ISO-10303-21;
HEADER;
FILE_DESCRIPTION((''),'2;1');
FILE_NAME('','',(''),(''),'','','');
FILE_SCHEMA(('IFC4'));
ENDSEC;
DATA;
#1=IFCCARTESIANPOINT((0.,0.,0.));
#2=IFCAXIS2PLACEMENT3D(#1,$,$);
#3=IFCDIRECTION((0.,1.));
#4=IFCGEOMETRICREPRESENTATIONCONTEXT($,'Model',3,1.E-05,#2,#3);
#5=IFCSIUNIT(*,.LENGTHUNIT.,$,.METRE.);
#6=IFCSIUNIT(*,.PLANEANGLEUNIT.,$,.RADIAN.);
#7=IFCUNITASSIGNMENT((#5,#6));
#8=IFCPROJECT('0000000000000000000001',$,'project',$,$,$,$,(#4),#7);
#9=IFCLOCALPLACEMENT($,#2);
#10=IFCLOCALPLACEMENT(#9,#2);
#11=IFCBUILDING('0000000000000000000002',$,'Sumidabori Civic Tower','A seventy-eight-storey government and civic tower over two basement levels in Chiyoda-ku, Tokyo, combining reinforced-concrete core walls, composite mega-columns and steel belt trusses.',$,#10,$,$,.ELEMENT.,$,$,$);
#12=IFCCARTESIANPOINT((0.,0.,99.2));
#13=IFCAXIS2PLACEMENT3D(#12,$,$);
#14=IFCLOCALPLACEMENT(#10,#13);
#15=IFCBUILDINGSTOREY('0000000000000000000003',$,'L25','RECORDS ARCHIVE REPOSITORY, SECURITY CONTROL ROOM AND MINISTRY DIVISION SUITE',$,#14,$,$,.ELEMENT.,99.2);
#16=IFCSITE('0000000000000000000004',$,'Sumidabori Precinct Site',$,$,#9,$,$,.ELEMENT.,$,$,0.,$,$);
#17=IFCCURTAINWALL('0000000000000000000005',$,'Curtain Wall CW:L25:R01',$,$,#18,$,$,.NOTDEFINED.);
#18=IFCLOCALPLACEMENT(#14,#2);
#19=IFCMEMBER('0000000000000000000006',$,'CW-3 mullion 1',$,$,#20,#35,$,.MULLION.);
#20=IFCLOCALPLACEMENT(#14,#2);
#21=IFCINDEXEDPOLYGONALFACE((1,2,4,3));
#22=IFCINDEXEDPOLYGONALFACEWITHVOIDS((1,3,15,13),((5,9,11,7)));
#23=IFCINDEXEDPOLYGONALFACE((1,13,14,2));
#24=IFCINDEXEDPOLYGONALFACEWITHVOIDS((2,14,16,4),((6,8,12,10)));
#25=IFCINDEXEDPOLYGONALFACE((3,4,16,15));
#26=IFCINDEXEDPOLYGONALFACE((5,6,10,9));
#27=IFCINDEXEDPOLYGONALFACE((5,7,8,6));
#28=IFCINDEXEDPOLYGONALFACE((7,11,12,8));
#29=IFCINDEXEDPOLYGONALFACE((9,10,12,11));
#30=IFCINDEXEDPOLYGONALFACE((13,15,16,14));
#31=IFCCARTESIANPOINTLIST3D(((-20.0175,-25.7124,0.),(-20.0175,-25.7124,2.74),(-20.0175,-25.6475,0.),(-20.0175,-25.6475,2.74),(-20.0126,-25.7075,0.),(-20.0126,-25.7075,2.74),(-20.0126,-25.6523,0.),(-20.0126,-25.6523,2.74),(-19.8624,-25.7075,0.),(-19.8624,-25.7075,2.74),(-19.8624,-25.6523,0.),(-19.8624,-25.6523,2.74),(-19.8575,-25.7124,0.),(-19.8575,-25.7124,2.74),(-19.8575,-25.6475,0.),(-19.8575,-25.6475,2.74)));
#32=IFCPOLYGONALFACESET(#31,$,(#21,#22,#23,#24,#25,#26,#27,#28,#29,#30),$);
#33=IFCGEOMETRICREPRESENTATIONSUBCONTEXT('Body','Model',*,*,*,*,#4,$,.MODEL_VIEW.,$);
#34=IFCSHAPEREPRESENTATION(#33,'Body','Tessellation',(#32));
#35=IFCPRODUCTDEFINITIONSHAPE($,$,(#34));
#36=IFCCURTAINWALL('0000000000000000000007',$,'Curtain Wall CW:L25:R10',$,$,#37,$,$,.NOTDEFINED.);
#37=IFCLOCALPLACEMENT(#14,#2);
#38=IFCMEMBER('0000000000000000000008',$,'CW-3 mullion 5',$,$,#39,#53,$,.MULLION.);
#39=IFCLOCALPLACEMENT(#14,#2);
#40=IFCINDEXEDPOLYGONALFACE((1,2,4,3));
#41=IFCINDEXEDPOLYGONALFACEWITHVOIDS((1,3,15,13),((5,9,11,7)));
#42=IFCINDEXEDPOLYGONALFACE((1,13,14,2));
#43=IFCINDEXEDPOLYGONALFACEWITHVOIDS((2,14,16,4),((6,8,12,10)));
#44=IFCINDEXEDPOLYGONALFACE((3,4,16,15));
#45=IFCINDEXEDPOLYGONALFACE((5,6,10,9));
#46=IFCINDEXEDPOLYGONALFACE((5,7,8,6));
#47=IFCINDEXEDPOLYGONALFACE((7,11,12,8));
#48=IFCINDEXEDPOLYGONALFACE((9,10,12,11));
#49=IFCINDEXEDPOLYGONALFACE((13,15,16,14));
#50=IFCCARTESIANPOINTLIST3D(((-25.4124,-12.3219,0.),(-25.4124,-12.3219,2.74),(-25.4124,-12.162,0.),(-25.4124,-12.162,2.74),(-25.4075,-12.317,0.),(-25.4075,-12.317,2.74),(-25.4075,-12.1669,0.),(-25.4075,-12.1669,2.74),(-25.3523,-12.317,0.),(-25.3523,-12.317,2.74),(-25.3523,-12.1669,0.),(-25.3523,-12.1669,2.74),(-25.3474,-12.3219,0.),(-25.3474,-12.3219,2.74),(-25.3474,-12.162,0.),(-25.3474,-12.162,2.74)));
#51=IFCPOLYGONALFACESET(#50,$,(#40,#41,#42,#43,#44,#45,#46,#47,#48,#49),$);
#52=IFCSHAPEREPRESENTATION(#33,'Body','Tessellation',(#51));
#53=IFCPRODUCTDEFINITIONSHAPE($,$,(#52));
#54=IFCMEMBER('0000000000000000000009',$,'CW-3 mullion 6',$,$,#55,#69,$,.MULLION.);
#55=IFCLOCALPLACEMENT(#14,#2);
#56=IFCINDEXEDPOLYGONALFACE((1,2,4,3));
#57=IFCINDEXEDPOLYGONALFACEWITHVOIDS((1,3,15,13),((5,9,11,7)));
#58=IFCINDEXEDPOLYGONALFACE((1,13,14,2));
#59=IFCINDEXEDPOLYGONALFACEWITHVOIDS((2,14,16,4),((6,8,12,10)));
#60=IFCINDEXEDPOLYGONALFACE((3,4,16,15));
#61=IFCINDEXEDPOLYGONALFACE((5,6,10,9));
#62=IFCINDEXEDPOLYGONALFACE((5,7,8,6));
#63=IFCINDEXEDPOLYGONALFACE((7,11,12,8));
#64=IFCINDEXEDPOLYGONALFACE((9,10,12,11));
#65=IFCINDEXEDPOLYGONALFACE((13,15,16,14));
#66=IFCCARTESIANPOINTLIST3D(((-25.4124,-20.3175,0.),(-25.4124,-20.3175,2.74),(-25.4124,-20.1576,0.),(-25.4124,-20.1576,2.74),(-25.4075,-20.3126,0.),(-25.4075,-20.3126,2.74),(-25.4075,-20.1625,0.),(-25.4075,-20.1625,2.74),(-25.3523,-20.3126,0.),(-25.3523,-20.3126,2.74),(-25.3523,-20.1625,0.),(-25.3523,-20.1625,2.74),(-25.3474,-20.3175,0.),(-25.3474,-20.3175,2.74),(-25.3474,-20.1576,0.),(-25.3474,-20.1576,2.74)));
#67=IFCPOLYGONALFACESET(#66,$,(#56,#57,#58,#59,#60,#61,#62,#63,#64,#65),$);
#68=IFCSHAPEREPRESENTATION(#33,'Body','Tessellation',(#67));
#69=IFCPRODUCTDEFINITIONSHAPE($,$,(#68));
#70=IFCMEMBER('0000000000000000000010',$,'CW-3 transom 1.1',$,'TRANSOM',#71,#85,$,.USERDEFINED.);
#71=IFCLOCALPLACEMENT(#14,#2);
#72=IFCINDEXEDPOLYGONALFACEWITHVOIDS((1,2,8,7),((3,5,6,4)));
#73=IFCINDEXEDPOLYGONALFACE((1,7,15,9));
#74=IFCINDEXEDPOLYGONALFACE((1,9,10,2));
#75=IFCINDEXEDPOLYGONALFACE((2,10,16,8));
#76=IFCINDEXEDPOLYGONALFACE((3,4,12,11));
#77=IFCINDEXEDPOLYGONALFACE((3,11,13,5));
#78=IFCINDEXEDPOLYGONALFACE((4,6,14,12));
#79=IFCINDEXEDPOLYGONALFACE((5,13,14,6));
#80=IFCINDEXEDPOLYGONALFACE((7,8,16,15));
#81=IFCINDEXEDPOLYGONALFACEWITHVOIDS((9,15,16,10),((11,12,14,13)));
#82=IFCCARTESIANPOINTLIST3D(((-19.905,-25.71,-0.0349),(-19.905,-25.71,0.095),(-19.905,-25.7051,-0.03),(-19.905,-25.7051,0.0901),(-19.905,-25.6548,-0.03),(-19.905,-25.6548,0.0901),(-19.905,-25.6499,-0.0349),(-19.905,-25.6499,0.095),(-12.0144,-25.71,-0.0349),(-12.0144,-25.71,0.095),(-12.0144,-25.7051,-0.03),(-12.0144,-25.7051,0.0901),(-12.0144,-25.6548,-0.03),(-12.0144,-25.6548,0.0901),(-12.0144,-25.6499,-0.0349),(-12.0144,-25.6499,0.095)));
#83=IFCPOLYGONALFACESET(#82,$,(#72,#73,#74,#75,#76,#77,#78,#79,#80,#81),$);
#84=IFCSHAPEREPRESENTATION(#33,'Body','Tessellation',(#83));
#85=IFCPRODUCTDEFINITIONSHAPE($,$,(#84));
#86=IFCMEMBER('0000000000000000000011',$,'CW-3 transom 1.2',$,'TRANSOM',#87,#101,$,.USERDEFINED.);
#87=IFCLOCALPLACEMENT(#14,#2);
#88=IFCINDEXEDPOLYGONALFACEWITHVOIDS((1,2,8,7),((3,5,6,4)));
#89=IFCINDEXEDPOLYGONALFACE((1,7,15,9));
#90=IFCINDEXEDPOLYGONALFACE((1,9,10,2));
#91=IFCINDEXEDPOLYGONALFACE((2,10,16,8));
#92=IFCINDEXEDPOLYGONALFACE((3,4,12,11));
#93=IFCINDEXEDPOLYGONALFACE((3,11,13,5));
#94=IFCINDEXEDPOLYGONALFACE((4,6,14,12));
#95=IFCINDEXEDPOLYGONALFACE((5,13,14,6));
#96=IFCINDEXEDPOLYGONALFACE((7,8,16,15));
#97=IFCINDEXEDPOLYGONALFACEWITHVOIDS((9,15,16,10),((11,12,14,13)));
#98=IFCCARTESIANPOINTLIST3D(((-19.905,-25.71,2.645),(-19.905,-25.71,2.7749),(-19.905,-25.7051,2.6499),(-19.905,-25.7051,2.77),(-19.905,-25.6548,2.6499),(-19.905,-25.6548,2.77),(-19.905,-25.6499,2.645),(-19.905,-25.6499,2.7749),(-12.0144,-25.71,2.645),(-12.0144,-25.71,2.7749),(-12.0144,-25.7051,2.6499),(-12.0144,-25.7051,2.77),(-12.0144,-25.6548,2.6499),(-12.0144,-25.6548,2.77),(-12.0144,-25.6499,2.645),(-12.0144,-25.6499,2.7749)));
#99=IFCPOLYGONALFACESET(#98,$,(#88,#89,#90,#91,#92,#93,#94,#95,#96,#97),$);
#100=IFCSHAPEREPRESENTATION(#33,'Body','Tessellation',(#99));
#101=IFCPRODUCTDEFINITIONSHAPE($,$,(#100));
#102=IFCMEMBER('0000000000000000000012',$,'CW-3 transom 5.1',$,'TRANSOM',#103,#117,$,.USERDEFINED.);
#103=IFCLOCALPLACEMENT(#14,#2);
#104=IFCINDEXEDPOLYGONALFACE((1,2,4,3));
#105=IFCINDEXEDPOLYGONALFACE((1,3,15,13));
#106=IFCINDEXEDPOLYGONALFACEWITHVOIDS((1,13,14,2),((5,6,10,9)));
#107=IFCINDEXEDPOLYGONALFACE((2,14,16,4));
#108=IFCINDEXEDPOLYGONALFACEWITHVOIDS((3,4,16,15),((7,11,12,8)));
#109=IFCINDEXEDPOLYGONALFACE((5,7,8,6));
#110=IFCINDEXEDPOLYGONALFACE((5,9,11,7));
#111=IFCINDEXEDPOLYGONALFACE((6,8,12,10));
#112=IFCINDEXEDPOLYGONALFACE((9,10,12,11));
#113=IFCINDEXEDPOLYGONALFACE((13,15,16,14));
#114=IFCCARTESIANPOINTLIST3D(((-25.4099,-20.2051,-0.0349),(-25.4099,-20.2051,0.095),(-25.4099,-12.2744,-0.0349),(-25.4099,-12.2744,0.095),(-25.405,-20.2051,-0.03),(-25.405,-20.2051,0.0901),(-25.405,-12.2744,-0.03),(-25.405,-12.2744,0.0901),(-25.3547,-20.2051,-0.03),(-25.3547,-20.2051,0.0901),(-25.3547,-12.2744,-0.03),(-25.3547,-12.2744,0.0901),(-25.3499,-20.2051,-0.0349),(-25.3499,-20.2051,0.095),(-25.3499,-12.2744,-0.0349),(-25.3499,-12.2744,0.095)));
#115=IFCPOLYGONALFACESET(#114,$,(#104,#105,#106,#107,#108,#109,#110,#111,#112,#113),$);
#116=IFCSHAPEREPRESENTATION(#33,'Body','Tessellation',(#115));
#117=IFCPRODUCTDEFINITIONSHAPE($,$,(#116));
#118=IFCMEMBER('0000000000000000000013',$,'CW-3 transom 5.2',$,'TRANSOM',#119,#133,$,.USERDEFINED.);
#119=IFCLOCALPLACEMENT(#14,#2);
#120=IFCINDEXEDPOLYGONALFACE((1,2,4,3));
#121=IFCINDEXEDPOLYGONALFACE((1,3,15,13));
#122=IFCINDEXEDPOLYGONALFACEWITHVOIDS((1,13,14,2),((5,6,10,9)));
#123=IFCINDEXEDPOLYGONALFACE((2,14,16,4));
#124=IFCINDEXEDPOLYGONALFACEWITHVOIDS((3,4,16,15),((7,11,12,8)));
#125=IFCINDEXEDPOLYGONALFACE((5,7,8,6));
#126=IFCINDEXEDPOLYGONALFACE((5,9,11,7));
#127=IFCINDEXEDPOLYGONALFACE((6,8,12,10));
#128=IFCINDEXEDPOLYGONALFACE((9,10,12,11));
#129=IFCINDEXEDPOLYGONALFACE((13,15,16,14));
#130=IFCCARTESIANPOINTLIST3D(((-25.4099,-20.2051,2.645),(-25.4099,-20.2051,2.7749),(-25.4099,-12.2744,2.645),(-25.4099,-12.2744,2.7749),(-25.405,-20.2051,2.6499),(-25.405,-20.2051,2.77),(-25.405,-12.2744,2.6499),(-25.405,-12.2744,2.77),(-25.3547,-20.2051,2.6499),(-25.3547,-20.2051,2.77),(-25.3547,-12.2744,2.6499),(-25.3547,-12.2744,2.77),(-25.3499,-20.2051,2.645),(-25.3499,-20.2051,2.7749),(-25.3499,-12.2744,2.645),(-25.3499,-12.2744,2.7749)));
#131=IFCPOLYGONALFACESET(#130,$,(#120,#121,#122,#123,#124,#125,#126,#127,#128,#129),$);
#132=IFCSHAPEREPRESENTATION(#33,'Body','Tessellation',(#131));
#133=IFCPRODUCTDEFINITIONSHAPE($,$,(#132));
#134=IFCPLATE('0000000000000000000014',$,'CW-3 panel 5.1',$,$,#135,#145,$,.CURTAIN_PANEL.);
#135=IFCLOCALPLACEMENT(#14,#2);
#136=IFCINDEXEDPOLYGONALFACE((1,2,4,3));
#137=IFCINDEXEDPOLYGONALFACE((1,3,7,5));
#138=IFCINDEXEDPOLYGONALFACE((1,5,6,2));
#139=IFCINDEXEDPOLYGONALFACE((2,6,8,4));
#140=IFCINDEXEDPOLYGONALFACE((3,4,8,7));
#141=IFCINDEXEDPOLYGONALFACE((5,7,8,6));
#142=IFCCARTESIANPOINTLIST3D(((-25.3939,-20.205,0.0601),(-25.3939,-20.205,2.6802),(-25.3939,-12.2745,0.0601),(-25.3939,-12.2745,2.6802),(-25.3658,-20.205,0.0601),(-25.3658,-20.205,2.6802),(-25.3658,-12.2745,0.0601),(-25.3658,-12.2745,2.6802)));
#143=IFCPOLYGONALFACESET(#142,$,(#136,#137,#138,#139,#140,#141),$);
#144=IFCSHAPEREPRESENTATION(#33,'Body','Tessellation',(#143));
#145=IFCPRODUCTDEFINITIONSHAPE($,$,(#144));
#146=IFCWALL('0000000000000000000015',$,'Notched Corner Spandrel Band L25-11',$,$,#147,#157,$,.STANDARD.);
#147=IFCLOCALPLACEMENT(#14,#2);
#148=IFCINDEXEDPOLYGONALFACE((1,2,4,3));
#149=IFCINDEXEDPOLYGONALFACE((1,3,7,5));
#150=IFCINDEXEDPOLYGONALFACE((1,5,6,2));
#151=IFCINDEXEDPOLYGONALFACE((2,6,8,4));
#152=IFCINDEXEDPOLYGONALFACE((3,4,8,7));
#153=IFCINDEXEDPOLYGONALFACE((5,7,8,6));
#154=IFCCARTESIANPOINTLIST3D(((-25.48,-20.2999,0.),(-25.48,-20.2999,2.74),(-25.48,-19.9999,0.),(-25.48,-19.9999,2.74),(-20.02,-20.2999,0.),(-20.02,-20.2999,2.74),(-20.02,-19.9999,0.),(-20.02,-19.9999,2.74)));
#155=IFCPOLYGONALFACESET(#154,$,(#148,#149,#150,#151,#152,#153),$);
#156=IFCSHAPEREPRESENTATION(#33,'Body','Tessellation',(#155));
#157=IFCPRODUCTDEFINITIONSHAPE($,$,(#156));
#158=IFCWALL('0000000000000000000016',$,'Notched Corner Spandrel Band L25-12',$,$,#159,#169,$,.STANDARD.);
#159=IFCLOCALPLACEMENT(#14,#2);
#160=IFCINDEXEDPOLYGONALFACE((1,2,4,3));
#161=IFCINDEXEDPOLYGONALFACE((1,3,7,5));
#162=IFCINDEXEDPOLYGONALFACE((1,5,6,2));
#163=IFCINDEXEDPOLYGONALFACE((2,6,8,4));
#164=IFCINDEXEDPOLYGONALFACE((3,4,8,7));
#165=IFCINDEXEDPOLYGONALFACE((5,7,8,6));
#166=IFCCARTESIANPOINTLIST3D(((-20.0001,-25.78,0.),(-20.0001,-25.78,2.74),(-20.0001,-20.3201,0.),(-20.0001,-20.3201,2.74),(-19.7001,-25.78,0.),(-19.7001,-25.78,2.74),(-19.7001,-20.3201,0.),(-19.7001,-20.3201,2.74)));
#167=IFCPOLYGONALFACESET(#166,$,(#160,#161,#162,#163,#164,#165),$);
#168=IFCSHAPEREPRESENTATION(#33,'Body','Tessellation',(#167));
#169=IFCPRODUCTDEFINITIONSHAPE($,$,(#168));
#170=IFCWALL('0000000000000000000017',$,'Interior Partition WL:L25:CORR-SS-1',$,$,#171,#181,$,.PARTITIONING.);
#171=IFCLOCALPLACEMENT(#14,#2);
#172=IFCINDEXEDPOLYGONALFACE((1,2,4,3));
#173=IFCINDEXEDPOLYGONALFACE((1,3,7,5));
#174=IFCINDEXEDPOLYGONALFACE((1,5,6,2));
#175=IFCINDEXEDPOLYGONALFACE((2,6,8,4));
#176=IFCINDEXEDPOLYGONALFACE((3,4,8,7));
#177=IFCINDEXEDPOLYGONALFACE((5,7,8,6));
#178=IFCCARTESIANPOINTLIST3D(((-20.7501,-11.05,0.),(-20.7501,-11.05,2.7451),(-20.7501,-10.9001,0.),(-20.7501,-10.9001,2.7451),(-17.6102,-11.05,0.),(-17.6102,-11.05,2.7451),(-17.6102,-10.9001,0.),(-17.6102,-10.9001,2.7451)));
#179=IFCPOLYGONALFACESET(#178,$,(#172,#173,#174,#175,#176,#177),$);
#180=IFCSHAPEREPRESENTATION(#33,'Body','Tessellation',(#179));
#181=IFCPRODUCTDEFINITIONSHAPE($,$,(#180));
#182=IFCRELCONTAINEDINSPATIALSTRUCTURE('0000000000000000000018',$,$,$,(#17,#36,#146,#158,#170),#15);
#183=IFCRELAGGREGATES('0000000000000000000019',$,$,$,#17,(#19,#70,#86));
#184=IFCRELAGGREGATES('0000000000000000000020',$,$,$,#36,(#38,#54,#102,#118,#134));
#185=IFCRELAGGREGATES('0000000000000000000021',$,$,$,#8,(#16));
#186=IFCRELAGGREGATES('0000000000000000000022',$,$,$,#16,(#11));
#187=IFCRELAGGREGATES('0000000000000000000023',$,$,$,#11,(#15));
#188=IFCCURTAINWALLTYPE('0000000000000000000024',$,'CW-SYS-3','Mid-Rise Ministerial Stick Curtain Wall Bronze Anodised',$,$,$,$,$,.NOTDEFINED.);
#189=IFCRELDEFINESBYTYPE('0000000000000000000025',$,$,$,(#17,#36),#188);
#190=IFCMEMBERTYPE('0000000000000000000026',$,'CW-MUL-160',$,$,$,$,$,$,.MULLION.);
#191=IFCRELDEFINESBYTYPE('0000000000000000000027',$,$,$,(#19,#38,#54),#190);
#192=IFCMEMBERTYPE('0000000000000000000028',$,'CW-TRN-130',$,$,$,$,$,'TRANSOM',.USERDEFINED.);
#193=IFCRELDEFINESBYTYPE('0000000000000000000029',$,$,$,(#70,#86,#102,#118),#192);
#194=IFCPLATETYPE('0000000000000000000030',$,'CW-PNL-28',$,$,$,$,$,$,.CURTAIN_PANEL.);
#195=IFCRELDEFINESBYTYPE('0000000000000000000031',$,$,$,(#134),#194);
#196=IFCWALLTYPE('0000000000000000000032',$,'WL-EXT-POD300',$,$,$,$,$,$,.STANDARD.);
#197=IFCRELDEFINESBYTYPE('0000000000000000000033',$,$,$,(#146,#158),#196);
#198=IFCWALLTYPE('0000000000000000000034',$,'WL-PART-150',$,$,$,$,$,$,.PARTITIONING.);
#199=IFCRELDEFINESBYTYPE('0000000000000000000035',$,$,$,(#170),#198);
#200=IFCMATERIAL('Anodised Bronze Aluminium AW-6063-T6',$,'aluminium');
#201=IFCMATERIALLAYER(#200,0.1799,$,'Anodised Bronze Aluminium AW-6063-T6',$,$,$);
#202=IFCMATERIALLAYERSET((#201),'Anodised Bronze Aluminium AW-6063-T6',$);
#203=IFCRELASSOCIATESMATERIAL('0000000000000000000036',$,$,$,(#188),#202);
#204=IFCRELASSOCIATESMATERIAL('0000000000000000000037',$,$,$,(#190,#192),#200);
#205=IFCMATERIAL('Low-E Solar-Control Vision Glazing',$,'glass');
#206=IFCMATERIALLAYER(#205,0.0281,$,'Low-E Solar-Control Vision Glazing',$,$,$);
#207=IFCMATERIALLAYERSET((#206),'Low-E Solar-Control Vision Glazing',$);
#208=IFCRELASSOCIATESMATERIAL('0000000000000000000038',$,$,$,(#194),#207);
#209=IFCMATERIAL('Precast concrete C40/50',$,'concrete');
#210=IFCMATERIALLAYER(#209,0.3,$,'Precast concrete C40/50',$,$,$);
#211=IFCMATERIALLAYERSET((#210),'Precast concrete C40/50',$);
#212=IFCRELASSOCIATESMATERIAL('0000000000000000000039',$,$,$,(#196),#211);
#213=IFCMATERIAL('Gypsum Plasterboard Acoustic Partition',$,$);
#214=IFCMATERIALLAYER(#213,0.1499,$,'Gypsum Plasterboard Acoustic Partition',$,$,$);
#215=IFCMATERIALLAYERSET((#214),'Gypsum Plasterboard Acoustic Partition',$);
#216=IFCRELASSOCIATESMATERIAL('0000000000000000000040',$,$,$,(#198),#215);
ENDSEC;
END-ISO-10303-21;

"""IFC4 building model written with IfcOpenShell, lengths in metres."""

from ifc_helpers import new_model, si_unit, direction, frame, frame_2d, origin, origin_2d, place, context, subcontext, project, spatial, rectangle, hollow_rectangle, extrude, source, transform, mapped, material, layer, layer_set, material_profile, profile_set, type_object, element, aggregate, save


model = new_model("IFC4")

# Units and contexts
model_context = context("Model", 3, precision=1e-05, world=origin(), true_north=direction((0.0, 1.0)))
body_context = subcontext(model_context, "Body", "Model", "MODEL_VIEW")
ifc_project = project(units=[si_unit("LENGTHUNIT", "METRE"), si_unit("PLANEANGLEUNIT", "RADIAN")], contexts=[model_context])

# Site, building, storey
site_placement = place(None, origin())
site = spatial("IfcSite", under=ifc_project, at=site_placement, Name="Sumidabori Precinct Site", CompositionType="ELEMENT", RefElevation=0.0)
building_placement = place(site_placement, origin())
building = spatial("IfcBuilding", under=site, at=building_placement, Name="Sumidabori Civic Tower", Description="A seventy-eight-storey government and civic tower over two basement levels in Chiyoda-ku, Tokyo, combining reinforced-concrete core walls, composite mega-columns and steel belt trusses.", CompositionType="ELEMENT")
storey_placement = place(building_placement, frame((0.0, 0.0, 99.2)))
storey = spatial("IfcBuildingStorey", under=building, at=storey_placement, Name="L25", Description="RECORDS ARCHIVE REPOSITORY, SECURITY CONTROL ROOM AND MINISTRY DIVISION SUITE", CompositionType="ELEMENT", Elevation=99.2)

# Curtain wall, member
ifc_material_1 = material(Name="Anodised Bronze Aluminium AW-6063-T6", Category="aluminium")
ifc_layer_1 = layer(ifc_material_1, 0.1799, Name="Anodised Bronze Aluminium AW-6063-T6")
ifc_layer_set_1 = layer_set([ifc_layer_1], Name="Anodised Bronze Aluminium AW-6063-T6")
curtain_wall_type = type_object("IfcCurtainWallType", Name="CW-SYS-3", Description="Mid-Rise Ministerial Stick Curtain Wall Bronze Anodised", PredefinedType="NOTDEFINED", material=ifc_layer_set_1)
curtain_wall_1_placement = place(storey_placement, origin())
curtain_wall_1 = element("IfcCurtainWall", 1, at=curtain_wall_1_placement, inside=storey, type_object=curtain_wall_type, Name="Curtain Wall CW:L25:R01", PredefinedType="NOTDEFINED")
ifc_material_profile_1 = material_profile(ifc_material_1, hollow_rectangle(XDim=0.0649, YDim=0.1599, WallThickness=0.0049, at=origin_2d()), Name="ALU MULLION 160x65")
ifc_profile_set_1 = profile_set([ifc_material_profile_1], Name="Anodised Bronze Aluminium AW-6063-T6")
member_type_1 = type_object("IfcMemberType", Name="CW-MUL-160", PredefinedType="MULLION", material=ifc_profile_set_1)
shared_shape_1 = source(origin(), body_context, "Body", "SweptSolid", [
    extrude(hollow_rectangle(XDim=0.0649, YDim=0.1599, WallThickness=0.0049, at=origin_2d()), origin(), (0.0, 0.0, 1.0), 2.74),
])
member_1_placement = place(storey_placement, frame((-19.9375, -25.6799, 0.0), z_axis=(0.0, 0.0, 1.0), x_axis=(0.0, 1.0, 0.0)))
member_1 = element("IfcMember", 2, at=member_1_placement, type_object=member_type_1, Name="CW-3 mullion 1", PredefinedType="MULLION", context=body_context, shape_type="MappedRepresentation", body=[
    mapped(shared_shape_1, transform((0.0, 0.0, 0.0), x_axis=(1.0, 0.0, 0.0), y_axis=(0.0, 1.0, 0.0), z_axis=(0.0, 0.0, 1.0), scale=1.0)),
])

# Curtain wall, members
curtain_wall_2_placement = place(storey_placement, origin())
curtain_wall_2 = element("IfcCurtainWall", 3, at=curtain_wall_2_placement, inside=storey, type_object=curtain_wall_type, Name="Curtain Wall CW:L25:R10", PredefinedType="NOTDEFINED")
member_2_placement = place(storey_placement, frame((-25.3799, -12.2419, 0.0), z_axis=(0.0, 0.0, 1.0), x_axis=(1.0, 0.0, 0.0)))
member_2 = element("IfcMember", 4, at=member_2_placement, type_object=member_type_1, Name="CW-3 mullion 5", PredefinedType="MULLION", context=body_context, shape_type="MappedRepresentation", body=[
    mapped(shared_shape_1, transform((0.0, 0.0, 0.0), x_axis=(1.0, 0.0, 0.0), y_axis=(0.0, 1.0, 0.0), z_axis=(0.0, 0.0, 1.0), scale=1.0)),
])
member_3_placement = place(storey_placement, frame((-25.3799, -20.2375, 0.0), z_axis=(0.0, 0.0, 1.0), x_axis=(1.0, 0.0, 0.0)))
member_3 = element("IfcMember", 5, at=member_3_placement, type_object=member_type_1, Name="CW-3 mullion 6", PredefinedType="MULLION", context=body_context, shape_type="MappedRepresentation", body=[
    mapped(shared_shape_1, transform((0.0, 0.0, 0.0), x_axis=(1.0, 0.0, 0.0), y_axis=(0.0, 1.0, 0.0), z_axis=(0.0, 0.0, 1.0), scale=1.0)),
])

# Members
ifc_material_profile_2 = material_profile(ifc_material_1, hollow_rectangle(XDim=0.0601, YDim=0.1299, WallThickness=0.0049, at=origin_2d()), Name="ALU TRANSOM 130x60")
ifc_profile_set_2 = profile_set([ifc_material_profile_2], Name="Anodised Bronze Aluminium AW-6063-T6")
member_type_2 = type_object("IfcMemberType", Name="CW-TRN-130", ElementType="TRANSOM", PredefinedType="USERDEFINED", material=ifc_profile_set_2)
shared_shape_2 = source(origin(), body_context, "Body", "SweptSolid", [
    extrude(hollow_rectangle(XDim=0.0601, YDim=0.1299, WallThickness=0.0049, at=origin_2d()), origin(), (0.0, 0.0, 1.0), 7.8906),
])
member_4_placement = place(storey_placement, frame((-19.905, -25.6799, 0.03), z_axis=(1.0, 0.0, 0.0), x_axis=(0.0, 1.0, 0.0)))
member_4 = element("IfcMember", 6, at=member_4_placement, type_object=member_type_2, Name="CW-3 transom 1.1", ObjectType="TRANSOM", PredefinedType="USERDEFINED", context=body_context, shape_type="MappedRepresentation", body=[
    mapped(shared_shape_2, transform((0.0, 0.0, 0.0), x_axis=(1.0, 0.0, 0.0), y_axis=(0.0, 1.0, 0.0), z_axis=(0.0, 0.0, 1.0), scale=1.0)),
])
member_5_placement = place(storey_placement, frame((-19.905, -25.6799, 2.71), z_axis=(1.0, 0.0, 0.0), x_axis=(0.0, 1.0, 0.0)))
member_5 = element("IfcMember", 7, at=member_5_placement, type_object=member_type_2, Name="CW-3 transom 1.2", ObjectType="TRANSOM", PredefinedType="USERDEFINED", context=body_context, shape_type="MappedRepresentation", body=[
    mapped(shared_shape_2, transform((0.0, 0.0, 0.0), x_axis=(1.0, 0.0, 0.0), y_axis=(0.0, 1.0, 0.0), z_axis=(0.0, 0.0, 1.0), scale=1.0)),
])
aggregate(curtain_wall_1, [member_1, member_4, member_5])
shared_shape_3 = source(origin(), body_context, "Body", "SweptSolid", [
    extrude(hollow_rectangle(XDim=0.0601, YDim=0.1299, WallThickness=0.0049, at=origin_2d()), origin(), (0.0, 0.0, 1.0), 7.9307),
])
member_6_placement = place(storey_placement, frame((-25.3799, -12.2744, 0.03), z_axis=(0.0, -1.0, 0.0), x_axis=(1.0, 0.0, 0.0)))
member_6 = element("IfcMember", 8, at=member_6_placement, type_object=member_type_2, Name="CW-3 transom 5.1", ObjectType="TRANSOM", PredefinedType="USERDEFINED", context=body_context, shape_type="MappedRepresentation", body=[
    mapped(shared_shape_3, transform((0.0, 0.0, 0.0), x_axis=(1.0, 0.0, 0.0), y_axis=(0.0, 1.0, 0.0), z_axis=(0.0, 0.0, 1.0), scale=1.0)),
])
member_7_placement = place(storey_placement, frame((-25.3799, -12.2744, 2.71), z_axis=(0.0, -1.0, 0.0), x_axis=(1.0, 0.0, 0.0)))
member_7 = element("IfcMember", 9, at=member_7_placement, type_object=member_type_2, Name="CW-3 transom 5.2", ObjectType="TRANSOM", PredefinedType="USERDEFINED", context=body_context, shape_type="MappedRepresentation", body=[
    mapped(shared_shape_3, transform((0.0, 0.0, 0.0), x_axis=(1.0, 0.0, 0.0), y_axis=(0.0, 1.0, 0.0), z_axis=(0.0, 0.0, 1.0), scale=1.0)),
])

# Plate
ifc_material_2 = material(Name="Low-E Solar-Control Vision Glazing", Category="glass")
ifc_layer_2 = layer(ifc_material_2, 0.0281, Name="Low-E Solar-Control Vision Glazing")
ifc_layer_set_2 = layer_set([ifc_layer_2], Name="Low-E Solar-Control Vision Glazing")
plate_type = type_object("IfcPlateType", Name="CW-PNL-28", PredefinedType="CURTAIN_PANEL", material=ifc_layer_set_2)
shared_shape_4 = source(origin(), body_context, "Body", "SweptSolid", [
    extrude(rectangle(XDim=7.9304, YDim=0.0281, at=origin_2d()), origin(), (0.0, 0.0, 1.0), 2.6201),
])
plate_placement = place(storey_placement, frame((-25.3799, -16.2397, 0.0601), z_axis=(0.0, 0.0, 1.0), x_axis=(0.0, -1.0, 0.0)))
plate = element("IfcPlate", 10, at=plate_placement, type_object=plate_type, Name="CW-3 panel 5.1", PredefinedType="CURTAIN_PANEL", context=body_context, shape_type="MappedRepresentation", body=[
    mapped(shared_shape_4, transform((0.0, 0.0, 0.0), x_axis=(1.0, 0.0, 0.0), y_axis=(0.0, 1.0, 0.0), z_axis=(0.0, 0.0, 1.0), scale=1.0)),
])
aggregate(curtain_wall_2, [member_2, member_3, member_6, member_7, plate])

# Walls
ifc_material_3 = material(Name="Precast concrete C40/50", Category="concrete")
ifc_layer_3 = layer(ifc_material_3, 0.3, Name="Precast concrete C40/50")
ifc_layer_set_3 = layer_set([ifc_layer_3], Name="Precast concrete C40/50")
wall_type_1 = type_object("IfcWallType", Name="WL-EXT-POD300", PredefinedType="STANDARD", material=ifc_layer_set_3)
shared_shape_5 = source(origin(), body_context, "Body", "SweptSolid", [
    extrude(rectangle(XDim=5.46, YDim=0.3, at=frame_2d((2.73, 0.0))), origin(), (0.0, 0.0, 1.0), 2.74),
])
for number, where, z_axis, x_axis, name in (
    (11, (-25.48, -20.1499, 0.0), (0.0, 0.0, 1.0), (1.0, 0.0, 0.0), "Notched Corner Spandrel Band L25-11"),
    (12, (-19.8501, -20.3201, 0.0), (0.0, 0.0, 1.0), (0.0, -1.0, 0.0), "Notched Corner Spandrel Band L25-12"),
):
    element("IfcWall", number, at=place(storey_placement, frame(where, z_axis=z_axis, x_axis=x_axis)), inside=storey, type_object=wall_type_1, Name=name, PredefinedType="STANDARD", context=body_context, shape_type="MappedRepresentation", body=[
        mapped(shared_shape_5, transform((0.0, 0.0, 0.0), x_axis=(1.0, 0.0, 0.0), y_axis=(0.0, 1.0, 0.0), z_axis=(0.0, 0.0, 1.0), scale=1.0)),
    ])
ifc_material_4 = material(Name="Gypsum Plasterboard Acoustic Partition")
ifc_layer_4 = layer(ifc_material_4, 0.1499, Name="Gypsum Plasterboard Acoustic Partition")
ifc_layer_set_4 = layer_set([ifc_layer_4], Name="Gypsum Plasterboard Acoustic Partition")
wall_type_2 = type_object("IfcWallType", Name="WL-PART-150", PredefinedType="PARTITIONING", material=ifc_layer_set_4)
shared_shape_6 = source(origin(), body_context, "Body", "SweptSolid", [
    extrude(rectangle(XDim=3.1399, YDim=0.1499, at=frame_2d((1.5698, 0.0))), origin(), (0.0, 0.0, 1.0), 2.7451),
])
wall_placement = place(storey_placement, frame((-20.75, -10.9751, 0.0), z_axis=(0.0, 0.0, 1.0), x_axis=(1.0, 0.0, 0.0)))
element("IfcWall", 13, at=wall_placement, inside=storey, type_object=wall_type_2, Name="Interior Partition WL:L25:CORR-SS-1", PredefinedType="PARTITIONING", context=body_context, shape_type="MappedRepresentation", body=[
    mapped(shared_shape_6, transform((0.0, 0.0, 0.0), x_axis=(1.0, 0.0, 0.0), y_axis=(0.0, 1.0, 0.0), z_axis=(0.0, 0.0, 1.0), scale=1.0)),
])

save(model, "model.ifc")
